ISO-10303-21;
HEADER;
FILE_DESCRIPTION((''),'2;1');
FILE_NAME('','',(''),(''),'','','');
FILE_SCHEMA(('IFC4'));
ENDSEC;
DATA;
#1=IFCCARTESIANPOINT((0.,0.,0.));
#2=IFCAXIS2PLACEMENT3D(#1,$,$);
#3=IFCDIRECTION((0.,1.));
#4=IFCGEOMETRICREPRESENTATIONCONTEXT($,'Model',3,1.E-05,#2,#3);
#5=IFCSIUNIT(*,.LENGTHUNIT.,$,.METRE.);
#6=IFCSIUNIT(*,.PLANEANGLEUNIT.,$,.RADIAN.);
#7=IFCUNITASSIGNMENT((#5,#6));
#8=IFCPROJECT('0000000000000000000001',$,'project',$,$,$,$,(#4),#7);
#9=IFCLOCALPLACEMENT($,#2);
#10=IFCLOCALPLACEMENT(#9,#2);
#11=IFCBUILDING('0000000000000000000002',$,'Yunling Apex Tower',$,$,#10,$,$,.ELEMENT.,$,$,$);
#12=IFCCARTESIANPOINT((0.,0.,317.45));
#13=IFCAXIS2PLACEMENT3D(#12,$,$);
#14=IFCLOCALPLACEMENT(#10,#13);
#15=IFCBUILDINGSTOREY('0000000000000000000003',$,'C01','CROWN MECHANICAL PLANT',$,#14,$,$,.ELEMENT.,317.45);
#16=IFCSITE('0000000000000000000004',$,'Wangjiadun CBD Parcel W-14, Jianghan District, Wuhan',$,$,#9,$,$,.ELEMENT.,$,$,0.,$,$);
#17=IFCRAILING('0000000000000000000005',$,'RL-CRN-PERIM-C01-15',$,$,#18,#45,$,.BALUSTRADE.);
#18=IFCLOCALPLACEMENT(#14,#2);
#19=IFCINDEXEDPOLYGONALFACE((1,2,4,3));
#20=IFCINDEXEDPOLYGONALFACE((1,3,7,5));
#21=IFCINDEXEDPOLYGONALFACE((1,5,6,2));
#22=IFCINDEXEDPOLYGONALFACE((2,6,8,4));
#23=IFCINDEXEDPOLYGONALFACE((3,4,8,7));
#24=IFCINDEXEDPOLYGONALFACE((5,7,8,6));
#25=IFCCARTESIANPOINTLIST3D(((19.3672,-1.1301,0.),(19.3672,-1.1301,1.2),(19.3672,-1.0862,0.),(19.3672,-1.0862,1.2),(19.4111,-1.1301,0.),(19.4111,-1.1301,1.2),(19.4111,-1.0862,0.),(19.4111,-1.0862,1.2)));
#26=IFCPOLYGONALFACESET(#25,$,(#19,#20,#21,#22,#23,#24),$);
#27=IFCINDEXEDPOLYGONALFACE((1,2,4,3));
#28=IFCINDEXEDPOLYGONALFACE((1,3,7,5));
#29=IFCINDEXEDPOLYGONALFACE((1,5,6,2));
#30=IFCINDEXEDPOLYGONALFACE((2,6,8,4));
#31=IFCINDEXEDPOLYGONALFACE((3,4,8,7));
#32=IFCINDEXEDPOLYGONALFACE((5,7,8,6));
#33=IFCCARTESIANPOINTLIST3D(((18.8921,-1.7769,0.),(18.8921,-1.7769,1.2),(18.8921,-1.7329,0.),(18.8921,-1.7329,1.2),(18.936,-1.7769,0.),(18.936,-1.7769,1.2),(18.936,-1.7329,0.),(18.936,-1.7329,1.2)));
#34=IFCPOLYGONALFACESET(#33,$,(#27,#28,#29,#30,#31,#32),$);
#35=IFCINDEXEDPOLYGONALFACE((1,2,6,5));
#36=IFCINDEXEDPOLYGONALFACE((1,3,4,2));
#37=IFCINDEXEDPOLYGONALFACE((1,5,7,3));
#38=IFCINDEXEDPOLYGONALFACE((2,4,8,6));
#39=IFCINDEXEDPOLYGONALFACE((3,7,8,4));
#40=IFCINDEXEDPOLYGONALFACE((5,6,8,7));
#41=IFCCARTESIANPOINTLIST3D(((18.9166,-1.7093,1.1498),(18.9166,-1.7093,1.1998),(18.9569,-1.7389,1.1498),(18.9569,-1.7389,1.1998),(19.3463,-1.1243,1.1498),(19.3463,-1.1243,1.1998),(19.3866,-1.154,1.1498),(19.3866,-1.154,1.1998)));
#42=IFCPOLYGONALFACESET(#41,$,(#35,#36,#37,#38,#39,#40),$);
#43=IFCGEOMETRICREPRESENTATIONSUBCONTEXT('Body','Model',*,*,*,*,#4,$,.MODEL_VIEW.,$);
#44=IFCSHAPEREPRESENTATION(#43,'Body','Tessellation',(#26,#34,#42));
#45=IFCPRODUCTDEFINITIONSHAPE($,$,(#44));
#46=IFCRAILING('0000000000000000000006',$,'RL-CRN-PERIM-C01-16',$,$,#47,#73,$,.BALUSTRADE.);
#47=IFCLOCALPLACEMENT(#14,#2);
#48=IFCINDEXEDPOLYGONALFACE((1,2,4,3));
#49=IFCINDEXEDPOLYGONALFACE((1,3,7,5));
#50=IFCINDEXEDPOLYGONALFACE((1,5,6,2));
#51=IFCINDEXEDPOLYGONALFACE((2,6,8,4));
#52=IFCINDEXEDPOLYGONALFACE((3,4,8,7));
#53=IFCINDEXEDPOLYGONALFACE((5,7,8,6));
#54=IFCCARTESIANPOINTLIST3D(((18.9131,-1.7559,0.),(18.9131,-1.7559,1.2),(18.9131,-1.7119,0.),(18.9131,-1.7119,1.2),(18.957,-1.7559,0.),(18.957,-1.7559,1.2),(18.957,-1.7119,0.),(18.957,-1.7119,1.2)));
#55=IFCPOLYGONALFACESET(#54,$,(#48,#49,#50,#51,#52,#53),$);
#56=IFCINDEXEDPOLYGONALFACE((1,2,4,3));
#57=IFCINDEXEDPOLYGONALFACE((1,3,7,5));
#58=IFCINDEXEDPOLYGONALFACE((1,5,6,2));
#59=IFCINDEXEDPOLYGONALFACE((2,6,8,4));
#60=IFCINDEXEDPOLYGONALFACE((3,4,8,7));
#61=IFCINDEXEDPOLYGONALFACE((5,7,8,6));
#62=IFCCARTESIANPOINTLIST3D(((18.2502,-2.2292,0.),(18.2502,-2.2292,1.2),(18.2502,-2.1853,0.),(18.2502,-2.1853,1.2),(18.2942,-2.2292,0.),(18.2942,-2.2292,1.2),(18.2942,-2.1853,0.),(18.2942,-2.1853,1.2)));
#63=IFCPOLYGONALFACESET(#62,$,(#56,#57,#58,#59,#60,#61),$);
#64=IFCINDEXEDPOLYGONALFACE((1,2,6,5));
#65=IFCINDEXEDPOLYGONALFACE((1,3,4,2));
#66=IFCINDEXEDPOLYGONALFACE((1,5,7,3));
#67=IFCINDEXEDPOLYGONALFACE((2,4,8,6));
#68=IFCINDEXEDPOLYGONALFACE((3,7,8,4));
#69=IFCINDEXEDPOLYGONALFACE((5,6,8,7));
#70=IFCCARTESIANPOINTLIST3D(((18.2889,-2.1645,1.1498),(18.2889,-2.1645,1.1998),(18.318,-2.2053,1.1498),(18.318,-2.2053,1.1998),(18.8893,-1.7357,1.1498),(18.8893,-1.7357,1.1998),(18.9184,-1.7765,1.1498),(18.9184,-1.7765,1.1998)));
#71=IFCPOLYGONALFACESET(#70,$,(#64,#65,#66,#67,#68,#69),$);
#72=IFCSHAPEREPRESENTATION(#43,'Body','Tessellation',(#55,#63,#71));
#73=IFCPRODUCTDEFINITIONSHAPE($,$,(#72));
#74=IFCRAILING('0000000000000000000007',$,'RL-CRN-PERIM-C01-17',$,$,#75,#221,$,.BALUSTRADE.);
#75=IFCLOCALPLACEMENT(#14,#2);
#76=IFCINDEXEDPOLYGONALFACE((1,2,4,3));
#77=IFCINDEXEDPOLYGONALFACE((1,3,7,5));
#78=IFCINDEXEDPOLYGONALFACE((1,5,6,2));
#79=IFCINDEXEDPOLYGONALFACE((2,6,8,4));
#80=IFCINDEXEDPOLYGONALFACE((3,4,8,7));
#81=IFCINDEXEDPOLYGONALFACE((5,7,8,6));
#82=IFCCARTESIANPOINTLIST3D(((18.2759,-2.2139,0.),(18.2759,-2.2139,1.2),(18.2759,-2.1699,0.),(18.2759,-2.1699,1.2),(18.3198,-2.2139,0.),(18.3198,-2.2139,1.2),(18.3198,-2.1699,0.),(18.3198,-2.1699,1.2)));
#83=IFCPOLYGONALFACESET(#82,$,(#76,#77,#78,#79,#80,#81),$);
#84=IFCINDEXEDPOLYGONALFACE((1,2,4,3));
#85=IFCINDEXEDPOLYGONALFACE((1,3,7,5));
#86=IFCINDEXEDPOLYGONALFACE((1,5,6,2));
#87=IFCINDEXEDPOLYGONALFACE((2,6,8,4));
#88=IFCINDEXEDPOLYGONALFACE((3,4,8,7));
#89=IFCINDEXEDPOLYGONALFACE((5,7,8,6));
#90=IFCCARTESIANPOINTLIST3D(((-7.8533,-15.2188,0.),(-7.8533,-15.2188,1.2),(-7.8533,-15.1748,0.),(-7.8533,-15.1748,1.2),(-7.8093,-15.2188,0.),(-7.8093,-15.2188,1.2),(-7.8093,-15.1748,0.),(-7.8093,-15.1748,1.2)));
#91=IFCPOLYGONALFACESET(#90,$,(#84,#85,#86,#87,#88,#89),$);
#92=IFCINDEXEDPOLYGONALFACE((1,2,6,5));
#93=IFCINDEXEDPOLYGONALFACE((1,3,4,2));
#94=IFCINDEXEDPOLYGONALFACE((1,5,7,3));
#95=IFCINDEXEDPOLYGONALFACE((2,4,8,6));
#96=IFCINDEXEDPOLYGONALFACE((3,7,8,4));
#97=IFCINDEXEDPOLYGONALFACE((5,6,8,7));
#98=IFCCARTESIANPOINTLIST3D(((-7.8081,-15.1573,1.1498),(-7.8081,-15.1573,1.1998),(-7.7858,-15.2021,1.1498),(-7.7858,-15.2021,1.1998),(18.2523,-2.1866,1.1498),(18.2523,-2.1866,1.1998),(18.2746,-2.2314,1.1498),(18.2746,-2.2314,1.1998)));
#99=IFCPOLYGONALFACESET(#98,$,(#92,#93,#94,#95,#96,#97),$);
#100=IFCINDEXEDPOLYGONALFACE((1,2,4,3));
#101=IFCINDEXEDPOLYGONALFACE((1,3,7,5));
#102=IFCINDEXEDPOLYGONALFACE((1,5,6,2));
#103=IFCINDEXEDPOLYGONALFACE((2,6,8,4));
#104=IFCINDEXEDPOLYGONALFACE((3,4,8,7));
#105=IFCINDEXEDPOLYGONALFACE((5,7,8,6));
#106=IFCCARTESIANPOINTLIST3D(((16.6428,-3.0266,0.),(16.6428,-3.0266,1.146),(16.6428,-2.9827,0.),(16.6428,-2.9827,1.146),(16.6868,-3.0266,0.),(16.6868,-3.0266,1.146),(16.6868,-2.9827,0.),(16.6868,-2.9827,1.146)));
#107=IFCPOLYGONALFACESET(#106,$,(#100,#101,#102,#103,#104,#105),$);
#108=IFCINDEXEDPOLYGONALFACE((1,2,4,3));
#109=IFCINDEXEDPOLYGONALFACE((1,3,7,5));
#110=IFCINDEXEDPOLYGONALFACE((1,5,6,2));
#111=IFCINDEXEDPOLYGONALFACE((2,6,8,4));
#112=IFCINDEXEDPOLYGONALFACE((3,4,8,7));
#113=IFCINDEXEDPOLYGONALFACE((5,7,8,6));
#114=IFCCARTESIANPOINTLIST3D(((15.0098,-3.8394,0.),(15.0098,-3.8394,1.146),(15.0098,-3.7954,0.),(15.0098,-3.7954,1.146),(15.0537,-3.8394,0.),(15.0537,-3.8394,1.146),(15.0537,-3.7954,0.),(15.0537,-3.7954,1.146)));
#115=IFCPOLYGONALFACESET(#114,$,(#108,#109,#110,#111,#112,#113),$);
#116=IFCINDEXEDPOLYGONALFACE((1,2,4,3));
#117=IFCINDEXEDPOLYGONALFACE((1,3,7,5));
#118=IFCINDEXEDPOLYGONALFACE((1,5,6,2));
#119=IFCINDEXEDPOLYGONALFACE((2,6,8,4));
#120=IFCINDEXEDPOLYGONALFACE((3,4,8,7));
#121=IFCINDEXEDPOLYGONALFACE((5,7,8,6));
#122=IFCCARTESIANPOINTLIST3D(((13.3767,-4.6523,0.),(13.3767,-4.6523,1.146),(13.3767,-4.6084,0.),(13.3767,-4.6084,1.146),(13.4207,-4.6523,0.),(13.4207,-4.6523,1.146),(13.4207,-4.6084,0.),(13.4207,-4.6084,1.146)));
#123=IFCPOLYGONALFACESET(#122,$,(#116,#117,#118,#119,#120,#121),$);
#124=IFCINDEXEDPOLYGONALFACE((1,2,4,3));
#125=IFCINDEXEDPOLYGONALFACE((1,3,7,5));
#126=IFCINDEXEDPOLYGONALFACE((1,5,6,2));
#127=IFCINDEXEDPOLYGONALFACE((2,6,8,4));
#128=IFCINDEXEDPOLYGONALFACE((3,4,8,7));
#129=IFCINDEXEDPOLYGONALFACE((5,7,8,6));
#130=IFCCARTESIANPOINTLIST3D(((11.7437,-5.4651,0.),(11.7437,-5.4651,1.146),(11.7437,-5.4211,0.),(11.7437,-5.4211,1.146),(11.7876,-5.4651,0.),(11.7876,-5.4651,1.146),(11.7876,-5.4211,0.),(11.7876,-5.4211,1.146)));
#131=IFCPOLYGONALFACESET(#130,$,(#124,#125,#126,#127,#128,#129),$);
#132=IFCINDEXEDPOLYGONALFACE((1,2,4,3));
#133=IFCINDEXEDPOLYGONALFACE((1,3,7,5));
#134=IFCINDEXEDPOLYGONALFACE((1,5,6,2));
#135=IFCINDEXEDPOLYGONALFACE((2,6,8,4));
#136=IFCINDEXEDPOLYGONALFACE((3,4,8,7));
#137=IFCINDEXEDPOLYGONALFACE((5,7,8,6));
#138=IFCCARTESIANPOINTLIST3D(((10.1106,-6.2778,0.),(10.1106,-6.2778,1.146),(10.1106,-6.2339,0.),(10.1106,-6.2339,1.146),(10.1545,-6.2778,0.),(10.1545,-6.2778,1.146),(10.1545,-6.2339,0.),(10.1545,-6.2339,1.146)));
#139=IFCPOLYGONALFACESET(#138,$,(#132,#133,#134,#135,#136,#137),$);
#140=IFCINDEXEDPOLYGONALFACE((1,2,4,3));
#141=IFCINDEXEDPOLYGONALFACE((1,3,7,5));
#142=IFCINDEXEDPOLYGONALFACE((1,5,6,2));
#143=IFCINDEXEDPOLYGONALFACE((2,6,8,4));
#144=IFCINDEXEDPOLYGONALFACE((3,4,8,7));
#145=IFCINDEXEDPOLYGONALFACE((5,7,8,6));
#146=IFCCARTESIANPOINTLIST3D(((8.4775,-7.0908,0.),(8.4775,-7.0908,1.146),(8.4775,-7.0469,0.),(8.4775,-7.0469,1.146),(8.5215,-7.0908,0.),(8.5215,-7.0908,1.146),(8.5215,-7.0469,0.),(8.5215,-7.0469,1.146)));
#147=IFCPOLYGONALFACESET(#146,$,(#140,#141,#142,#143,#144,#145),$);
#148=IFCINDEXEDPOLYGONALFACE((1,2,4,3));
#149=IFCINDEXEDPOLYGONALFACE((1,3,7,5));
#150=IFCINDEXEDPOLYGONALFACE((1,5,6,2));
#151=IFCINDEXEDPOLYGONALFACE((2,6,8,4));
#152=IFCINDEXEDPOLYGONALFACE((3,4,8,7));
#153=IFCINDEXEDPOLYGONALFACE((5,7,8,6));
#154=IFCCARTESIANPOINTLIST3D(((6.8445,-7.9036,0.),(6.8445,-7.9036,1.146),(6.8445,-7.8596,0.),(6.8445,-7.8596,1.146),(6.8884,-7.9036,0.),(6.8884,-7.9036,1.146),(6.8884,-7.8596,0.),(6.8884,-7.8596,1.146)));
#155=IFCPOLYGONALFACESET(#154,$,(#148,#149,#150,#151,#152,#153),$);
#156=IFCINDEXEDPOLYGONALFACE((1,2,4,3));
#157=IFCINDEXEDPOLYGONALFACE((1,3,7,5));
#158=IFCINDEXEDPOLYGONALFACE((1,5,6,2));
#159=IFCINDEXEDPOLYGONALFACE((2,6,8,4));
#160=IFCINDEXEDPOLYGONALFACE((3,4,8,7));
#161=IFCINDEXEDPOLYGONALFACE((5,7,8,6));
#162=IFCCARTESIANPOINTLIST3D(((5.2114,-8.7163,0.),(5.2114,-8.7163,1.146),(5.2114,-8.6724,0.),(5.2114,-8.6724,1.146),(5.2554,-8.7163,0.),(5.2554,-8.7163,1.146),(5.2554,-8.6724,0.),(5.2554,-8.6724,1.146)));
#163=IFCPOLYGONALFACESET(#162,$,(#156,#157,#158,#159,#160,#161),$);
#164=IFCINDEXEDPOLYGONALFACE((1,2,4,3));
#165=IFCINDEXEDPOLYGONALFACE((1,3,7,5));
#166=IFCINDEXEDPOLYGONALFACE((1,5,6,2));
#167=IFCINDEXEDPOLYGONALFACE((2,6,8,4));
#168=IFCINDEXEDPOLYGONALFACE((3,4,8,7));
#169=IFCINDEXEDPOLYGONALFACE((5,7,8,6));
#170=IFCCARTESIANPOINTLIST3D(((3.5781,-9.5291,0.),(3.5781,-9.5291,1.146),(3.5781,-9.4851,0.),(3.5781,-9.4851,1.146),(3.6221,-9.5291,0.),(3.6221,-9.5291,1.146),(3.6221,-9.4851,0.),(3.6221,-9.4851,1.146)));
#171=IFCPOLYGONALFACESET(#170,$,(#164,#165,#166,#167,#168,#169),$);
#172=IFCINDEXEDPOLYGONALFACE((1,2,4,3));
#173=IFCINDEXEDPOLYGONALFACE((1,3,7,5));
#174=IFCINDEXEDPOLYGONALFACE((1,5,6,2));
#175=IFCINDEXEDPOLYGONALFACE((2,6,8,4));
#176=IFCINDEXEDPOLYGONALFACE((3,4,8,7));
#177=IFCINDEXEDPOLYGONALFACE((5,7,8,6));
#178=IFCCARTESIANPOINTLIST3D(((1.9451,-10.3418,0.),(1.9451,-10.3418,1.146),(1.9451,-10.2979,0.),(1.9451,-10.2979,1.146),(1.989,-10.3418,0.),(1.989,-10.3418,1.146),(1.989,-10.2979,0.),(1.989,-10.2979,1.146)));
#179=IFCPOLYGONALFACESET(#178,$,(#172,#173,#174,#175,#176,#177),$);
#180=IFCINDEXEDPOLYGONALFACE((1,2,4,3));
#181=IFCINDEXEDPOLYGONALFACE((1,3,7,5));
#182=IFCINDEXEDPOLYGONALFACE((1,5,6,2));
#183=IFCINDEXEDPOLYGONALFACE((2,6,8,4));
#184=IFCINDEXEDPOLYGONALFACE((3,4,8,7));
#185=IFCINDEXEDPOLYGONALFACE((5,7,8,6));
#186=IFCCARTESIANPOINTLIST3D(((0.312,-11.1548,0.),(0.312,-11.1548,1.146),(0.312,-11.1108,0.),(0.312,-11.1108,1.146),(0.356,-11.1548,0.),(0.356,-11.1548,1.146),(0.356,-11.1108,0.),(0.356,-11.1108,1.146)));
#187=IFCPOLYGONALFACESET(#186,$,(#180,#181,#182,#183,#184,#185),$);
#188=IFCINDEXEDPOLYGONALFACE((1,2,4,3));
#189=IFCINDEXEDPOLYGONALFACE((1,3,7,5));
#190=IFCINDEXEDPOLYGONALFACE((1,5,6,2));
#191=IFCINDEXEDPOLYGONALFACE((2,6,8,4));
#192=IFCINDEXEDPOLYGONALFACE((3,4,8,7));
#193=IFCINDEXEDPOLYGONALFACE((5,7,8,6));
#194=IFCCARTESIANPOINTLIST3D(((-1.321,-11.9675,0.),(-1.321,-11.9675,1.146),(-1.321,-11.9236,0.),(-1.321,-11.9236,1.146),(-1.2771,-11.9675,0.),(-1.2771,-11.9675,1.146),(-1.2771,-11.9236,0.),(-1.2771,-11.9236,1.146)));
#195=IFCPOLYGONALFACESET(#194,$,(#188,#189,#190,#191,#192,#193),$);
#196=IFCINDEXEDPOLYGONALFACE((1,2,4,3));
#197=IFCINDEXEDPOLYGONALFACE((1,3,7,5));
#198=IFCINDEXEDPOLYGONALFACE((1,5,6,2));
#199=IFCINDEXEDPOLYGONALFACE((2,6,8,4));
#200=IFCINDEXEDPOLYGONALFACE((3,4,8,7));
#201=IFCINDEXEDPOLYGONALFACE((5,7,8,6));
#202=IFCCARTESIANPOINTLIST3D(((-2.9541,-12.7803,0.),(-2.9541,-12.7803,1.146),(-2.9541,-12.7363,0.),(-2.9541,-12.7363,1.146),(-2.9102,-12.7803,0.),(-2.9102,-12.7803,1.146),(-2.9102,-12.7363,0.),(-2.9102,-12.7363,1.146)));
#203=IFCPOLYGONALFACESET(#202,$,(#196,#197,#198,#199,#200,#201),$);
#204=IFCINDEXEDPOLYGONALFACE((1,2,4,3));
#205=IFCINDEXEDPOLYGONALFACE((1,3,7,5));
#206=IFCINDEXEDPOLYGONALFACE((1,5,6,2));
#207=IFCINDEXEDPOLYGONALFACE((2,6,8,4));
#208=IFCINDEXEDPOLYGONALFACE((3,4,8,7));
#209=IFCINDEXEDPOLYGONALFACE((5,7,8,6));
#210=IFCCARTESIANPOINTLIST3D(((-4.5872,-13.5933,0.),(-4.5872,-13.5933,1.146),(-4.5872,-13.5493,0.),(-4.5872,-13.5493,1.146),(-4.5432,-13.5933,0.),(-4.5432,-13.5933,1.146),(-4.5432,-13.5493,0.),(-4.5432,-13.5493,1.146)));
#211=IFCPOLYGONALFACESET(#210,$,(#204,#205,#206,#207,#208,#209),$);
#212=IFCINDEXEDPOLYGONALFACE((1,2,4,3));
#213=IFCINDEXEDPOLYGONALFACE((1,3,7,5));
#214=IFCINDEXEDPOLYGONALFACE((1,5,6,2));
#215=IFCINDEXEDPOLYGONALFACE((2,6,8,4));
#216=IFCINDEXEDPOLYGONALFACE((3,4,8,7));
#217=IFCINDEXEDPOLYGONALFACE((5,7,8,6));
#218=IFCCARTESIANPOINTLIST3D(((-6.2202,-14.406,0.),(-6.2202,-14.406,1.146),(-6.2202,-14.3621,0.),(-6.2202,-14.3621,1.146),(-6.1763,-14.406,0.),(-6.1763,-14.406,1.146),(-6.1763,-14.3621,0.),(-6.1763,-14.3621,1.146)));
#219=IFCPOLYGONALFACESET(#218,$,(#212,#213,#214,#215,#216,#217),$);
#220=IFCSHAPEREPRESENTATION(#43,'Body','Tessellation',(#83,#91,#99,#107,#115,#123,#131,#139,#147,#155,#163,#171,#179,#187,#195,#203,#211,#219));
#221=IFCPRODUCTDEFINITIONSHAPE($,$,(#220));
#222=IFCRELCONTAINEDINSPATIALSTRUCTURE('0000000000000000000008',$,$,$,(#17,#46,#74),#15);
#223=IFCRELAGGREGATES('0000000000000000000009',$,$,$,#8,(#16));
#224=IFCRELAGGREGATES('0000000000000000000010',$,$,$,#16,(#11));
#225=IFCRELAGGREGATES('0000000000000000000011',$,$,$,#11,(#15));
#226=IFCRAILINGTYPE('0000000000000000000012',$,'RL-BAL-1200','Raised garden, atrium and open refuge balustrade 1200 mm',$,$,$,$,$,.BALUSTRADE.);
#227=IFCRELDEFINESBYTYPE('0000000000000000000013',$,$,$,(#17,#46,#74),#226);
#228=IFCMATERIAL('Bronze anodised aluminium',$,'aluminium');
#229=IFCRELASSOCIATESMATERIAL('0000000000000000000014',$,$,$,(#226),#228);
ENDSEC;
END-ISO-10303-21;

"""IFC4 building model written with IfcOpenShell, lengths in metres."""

from ifc_helpers import new_model, si_unit, direction, frame, origin, origin_2d, place, context, subcontext, project, spatial, rectangle, extrude, material, type_object, element, save


model = new_model("IFC4")

# Units and contexts
model_context = context("Model", 3, precision=1e-05, world=origin(), true_north=direction((0.0, 1.0)))
body_context = subcontext(model_context, "Body", "Model", "MODEL_VIEW")
ifc_project = project(units=[si_unit("LENGTHUNIT", "METRE"), si_unit("PLANEANGLEUNIT", "RADIAN")], contexts=[model_context])

# Site, building, storey
site_placement = place(None, origin())
site = spatial("IfcSite", under=ifc_project, at=site_placement, Name="Wangjiadun CBD Parcel W-14, Jianghan District, Wuhan", CompositionType="ELEMENT", RefElevation=0.0)
building_placement = place(site_placement, origin())
building = spatial("IfcBuilding", under=site, at=building_placement, Name="Yunling Apex Tower", CompositionType="ELEMENT")
storey_placement = place(building_placement, frame((0.0, 0.0, 317.45)))
storey = spatial("IfcBuildingStorey", under=building, at=storey_placement, Name="C01", Description="CROWN MECHANICAL PLANT", CompositionType="ELEMENT", Elevation=317.45)

# Shared definitions
ifc_material_1 = material(Name="Bronze anodised aluminium", Category="aluminium")

# Railings
railing_type = type_object("IfcRailingType", Name="RL-BAL-1200", Description="Raised garden, atrium and open refuge balustrade 1200 mm", PredefinedType="BALUSTRADE", material=ifc_material_1)
railing_1_placement = place(storey_placement, frame((19.3892, -1.1082, 0.0)))
element("IfcRailing", 1, at=railing_1_placement, inside=storey, type_object=railing_type, Name="RL-CRN-PERIM-C01-15", PredefinedType="BALUSTRADE", context=body_context, shape_type="SweptSolid", body=[
    extrude(rectangle(XDim=0.0439, YDim=0.0439, at=origin_2d()), origin(), (0.0, 0.0, 1.0), 1.2),
    extrude(rectangle(XDim=0.0439, YDim=0.0439, at=origin_2d()), frame((-0.4751, -0.6467, 0.0)), (0.0, 0.0, 1.0), 1.2),
    extrude(rectangle(XDim=0.05, YDim=0.05, at=origin_2d()), frame((-0.0227, -0.031, 1.1748), z_axis=(-0.592036, -0.805911, 0.0), x_axis=(0.805911, -0.592036, 0.0)), (0.0, 0.0, 1.0), 0.7258),
])
railing_2_placement = place(storey_placement, frame((18.9351, -1.7339, 0.0)))
element("IfcRailing", 2, at=railing_2_placement, inside=storey, type_object=railing_type, Name="RL-CRN-PERIM-C01-16", PredefinedType="BALUSTRADE", context=body_context, shape_type="SweptSolid", body=[
    extrude(rectangle(XDim=0.0439, YDim=0.0439, at=origin_2d()), origin(), (0.0, 0.0, 1.0), 1.2),
    extrude(rectangle(XDim=0.0439, YDim=0.0439, at=origin_2d()), frame((-0.6628, -0.4734, 0.0)), (0.0, 0.0, 1.0), 1.2),
    extrude(rectangle(XDim=0.05, YDim=0.05, at=origin_2d()), frame((-0.0312, -0.0222, 1.1748), z_axis=(-0.813774, -0.581181, 0.0), x_axis=(0.581181, -0.813774, 0.0)), (0.0, 0.0, 1.0), 0.7378),
])
railing_3_placement = place(storey_placement, frame((18.2979, -2.1919, 0.0)))
element("IfcRailing", 3, at=railing_3_placement, inside=storey, type_object=railing_type, Name="RL-CRN-PERIM-C01-17", PredefinedType="BALUSTRADE", context=body_context, shape_type="SweptSolid", body=[
    extrude(rectangle(XDim=0.0439, YDim=0.0439, at=origin_2d()), origin(), (0.0, 0.0, 1.0), 1.2),
    extrude(rectangle(XDim=0.0439, YDim=0.0439, at=origin_2d()), frame((-26.1292, -13.0049, 0.0)), (0.0, 0.0, 1.0), 1.2),
    extrude(rectangle(XDim=0.05, YDim=0.05, at=origin_2d()), frame((-0.0344, -0.0171, 1.1748), z_axis=(-0.895244, -0.445577, 0.0), x_axis=(0.445577, -0.895244, 0.0)), (0.0, 0.0, 1.0), 29.1099),
    extrude(rectangle(XDim=0.0439, YDim=0.0439, at=origin_2d()), frame((-1.6331, -0.8127, 0.0)), (0.0, 0.0, 1.0), 1.146),
    extrude(rectangle(XDim=0.0439, YDim=0.0439, at=origin_2d()), frame((-3.2661, -1.6255, 0.0)), (0.0, 0.0, 1.0), 1.146),
    extrude(rectangle(XDim=0.0439, YDim=0.0439, at=origin_2d()), frame((-4.8992, -2.4385, 0.0)), (0.0, 0.0, 1.0), 1.146),
    extrude(rectangle(XDim=0.0439, YDim=0.0439, at=origin_2d()), frame((-6.5322, -3.2512, 0.0)), (0.0, 0.0, 1.0), 1.146),
    extrude(rectangle(XDim=0.0439, YDim=0.0439, at=origin_2d()), frame((-8.1653, -4.064, 0.0)), (0.0, 0.0, 1.0), 1.146),
    extrude(rectangle(XDim=0.0439, YDim=0.0439, at=origin_2d()), frame((-9.7983, -4.877, 0.0)), (0.0, 0.0, 1.0), 1.146),
    extrude(rectangle(XDim=0.0439, YDim=0.0439, at=origin_2d()), frame((-11.4314, -5.6897, 0.0)), (0.0, 0.0, 1.0), 1.146),
    extrude(rectangle(XDim=0.0439, YDim=0.0439, at=origin_2d()), frame((-13.0645, -6.5024, 0.0)), (0.0, 0.0, 1.0), 1.146),
    extrude(rectangle(XDim=0.0439, YDim=0.0439, at=origin_2d()), frame((-14.6978, -7.3152, 0.0)), (0.0, 0.0, 1.0), 1.146),
    extrude(rectangle(XDim=0.0439, YDim=0.0439, at=origin_2d()), frame((-16.3308, -8.1279, 0.0)), (0.0, 0.0, 1.0), 1.146),
    extrude(rectangle(XDim=0.0439, YDim=0.0439, at=origin_2d()), frame((-17.9639, -8.9409, 0.0)), (0.0, 0.0, 1.0), 1.146),
    extrude(rectangle(XDim=0.0439, YDim=0.0439, at=origin_2d()), frame((-19.5969, -9.7537, 0.0)), (0.0, 0.0, 1.0), 1.146),
    extrude(rectangle(XDim=0.0439, YDim=0.0439, at=origin_2d()), frame((-21.23, -10.5664, 0.0)), (0.0, 0.0, 1.0), 1.146),
    extrude(rectangle(XDim=0.0439, YDim=0.0439, at=origin_2d()), frame((-22.863, -11.3794, 0.0)), (0.0, 0.0, 1.0), 1.146),
    extrude(rectangle(XDim=0.0439, YDim=0.0439, at=origin_2d()), frame((-24.4961, -12.1921, 0.0)), (0.0, 0.0, 1.0), 1.146),
])

save(model, "model.ifc")
